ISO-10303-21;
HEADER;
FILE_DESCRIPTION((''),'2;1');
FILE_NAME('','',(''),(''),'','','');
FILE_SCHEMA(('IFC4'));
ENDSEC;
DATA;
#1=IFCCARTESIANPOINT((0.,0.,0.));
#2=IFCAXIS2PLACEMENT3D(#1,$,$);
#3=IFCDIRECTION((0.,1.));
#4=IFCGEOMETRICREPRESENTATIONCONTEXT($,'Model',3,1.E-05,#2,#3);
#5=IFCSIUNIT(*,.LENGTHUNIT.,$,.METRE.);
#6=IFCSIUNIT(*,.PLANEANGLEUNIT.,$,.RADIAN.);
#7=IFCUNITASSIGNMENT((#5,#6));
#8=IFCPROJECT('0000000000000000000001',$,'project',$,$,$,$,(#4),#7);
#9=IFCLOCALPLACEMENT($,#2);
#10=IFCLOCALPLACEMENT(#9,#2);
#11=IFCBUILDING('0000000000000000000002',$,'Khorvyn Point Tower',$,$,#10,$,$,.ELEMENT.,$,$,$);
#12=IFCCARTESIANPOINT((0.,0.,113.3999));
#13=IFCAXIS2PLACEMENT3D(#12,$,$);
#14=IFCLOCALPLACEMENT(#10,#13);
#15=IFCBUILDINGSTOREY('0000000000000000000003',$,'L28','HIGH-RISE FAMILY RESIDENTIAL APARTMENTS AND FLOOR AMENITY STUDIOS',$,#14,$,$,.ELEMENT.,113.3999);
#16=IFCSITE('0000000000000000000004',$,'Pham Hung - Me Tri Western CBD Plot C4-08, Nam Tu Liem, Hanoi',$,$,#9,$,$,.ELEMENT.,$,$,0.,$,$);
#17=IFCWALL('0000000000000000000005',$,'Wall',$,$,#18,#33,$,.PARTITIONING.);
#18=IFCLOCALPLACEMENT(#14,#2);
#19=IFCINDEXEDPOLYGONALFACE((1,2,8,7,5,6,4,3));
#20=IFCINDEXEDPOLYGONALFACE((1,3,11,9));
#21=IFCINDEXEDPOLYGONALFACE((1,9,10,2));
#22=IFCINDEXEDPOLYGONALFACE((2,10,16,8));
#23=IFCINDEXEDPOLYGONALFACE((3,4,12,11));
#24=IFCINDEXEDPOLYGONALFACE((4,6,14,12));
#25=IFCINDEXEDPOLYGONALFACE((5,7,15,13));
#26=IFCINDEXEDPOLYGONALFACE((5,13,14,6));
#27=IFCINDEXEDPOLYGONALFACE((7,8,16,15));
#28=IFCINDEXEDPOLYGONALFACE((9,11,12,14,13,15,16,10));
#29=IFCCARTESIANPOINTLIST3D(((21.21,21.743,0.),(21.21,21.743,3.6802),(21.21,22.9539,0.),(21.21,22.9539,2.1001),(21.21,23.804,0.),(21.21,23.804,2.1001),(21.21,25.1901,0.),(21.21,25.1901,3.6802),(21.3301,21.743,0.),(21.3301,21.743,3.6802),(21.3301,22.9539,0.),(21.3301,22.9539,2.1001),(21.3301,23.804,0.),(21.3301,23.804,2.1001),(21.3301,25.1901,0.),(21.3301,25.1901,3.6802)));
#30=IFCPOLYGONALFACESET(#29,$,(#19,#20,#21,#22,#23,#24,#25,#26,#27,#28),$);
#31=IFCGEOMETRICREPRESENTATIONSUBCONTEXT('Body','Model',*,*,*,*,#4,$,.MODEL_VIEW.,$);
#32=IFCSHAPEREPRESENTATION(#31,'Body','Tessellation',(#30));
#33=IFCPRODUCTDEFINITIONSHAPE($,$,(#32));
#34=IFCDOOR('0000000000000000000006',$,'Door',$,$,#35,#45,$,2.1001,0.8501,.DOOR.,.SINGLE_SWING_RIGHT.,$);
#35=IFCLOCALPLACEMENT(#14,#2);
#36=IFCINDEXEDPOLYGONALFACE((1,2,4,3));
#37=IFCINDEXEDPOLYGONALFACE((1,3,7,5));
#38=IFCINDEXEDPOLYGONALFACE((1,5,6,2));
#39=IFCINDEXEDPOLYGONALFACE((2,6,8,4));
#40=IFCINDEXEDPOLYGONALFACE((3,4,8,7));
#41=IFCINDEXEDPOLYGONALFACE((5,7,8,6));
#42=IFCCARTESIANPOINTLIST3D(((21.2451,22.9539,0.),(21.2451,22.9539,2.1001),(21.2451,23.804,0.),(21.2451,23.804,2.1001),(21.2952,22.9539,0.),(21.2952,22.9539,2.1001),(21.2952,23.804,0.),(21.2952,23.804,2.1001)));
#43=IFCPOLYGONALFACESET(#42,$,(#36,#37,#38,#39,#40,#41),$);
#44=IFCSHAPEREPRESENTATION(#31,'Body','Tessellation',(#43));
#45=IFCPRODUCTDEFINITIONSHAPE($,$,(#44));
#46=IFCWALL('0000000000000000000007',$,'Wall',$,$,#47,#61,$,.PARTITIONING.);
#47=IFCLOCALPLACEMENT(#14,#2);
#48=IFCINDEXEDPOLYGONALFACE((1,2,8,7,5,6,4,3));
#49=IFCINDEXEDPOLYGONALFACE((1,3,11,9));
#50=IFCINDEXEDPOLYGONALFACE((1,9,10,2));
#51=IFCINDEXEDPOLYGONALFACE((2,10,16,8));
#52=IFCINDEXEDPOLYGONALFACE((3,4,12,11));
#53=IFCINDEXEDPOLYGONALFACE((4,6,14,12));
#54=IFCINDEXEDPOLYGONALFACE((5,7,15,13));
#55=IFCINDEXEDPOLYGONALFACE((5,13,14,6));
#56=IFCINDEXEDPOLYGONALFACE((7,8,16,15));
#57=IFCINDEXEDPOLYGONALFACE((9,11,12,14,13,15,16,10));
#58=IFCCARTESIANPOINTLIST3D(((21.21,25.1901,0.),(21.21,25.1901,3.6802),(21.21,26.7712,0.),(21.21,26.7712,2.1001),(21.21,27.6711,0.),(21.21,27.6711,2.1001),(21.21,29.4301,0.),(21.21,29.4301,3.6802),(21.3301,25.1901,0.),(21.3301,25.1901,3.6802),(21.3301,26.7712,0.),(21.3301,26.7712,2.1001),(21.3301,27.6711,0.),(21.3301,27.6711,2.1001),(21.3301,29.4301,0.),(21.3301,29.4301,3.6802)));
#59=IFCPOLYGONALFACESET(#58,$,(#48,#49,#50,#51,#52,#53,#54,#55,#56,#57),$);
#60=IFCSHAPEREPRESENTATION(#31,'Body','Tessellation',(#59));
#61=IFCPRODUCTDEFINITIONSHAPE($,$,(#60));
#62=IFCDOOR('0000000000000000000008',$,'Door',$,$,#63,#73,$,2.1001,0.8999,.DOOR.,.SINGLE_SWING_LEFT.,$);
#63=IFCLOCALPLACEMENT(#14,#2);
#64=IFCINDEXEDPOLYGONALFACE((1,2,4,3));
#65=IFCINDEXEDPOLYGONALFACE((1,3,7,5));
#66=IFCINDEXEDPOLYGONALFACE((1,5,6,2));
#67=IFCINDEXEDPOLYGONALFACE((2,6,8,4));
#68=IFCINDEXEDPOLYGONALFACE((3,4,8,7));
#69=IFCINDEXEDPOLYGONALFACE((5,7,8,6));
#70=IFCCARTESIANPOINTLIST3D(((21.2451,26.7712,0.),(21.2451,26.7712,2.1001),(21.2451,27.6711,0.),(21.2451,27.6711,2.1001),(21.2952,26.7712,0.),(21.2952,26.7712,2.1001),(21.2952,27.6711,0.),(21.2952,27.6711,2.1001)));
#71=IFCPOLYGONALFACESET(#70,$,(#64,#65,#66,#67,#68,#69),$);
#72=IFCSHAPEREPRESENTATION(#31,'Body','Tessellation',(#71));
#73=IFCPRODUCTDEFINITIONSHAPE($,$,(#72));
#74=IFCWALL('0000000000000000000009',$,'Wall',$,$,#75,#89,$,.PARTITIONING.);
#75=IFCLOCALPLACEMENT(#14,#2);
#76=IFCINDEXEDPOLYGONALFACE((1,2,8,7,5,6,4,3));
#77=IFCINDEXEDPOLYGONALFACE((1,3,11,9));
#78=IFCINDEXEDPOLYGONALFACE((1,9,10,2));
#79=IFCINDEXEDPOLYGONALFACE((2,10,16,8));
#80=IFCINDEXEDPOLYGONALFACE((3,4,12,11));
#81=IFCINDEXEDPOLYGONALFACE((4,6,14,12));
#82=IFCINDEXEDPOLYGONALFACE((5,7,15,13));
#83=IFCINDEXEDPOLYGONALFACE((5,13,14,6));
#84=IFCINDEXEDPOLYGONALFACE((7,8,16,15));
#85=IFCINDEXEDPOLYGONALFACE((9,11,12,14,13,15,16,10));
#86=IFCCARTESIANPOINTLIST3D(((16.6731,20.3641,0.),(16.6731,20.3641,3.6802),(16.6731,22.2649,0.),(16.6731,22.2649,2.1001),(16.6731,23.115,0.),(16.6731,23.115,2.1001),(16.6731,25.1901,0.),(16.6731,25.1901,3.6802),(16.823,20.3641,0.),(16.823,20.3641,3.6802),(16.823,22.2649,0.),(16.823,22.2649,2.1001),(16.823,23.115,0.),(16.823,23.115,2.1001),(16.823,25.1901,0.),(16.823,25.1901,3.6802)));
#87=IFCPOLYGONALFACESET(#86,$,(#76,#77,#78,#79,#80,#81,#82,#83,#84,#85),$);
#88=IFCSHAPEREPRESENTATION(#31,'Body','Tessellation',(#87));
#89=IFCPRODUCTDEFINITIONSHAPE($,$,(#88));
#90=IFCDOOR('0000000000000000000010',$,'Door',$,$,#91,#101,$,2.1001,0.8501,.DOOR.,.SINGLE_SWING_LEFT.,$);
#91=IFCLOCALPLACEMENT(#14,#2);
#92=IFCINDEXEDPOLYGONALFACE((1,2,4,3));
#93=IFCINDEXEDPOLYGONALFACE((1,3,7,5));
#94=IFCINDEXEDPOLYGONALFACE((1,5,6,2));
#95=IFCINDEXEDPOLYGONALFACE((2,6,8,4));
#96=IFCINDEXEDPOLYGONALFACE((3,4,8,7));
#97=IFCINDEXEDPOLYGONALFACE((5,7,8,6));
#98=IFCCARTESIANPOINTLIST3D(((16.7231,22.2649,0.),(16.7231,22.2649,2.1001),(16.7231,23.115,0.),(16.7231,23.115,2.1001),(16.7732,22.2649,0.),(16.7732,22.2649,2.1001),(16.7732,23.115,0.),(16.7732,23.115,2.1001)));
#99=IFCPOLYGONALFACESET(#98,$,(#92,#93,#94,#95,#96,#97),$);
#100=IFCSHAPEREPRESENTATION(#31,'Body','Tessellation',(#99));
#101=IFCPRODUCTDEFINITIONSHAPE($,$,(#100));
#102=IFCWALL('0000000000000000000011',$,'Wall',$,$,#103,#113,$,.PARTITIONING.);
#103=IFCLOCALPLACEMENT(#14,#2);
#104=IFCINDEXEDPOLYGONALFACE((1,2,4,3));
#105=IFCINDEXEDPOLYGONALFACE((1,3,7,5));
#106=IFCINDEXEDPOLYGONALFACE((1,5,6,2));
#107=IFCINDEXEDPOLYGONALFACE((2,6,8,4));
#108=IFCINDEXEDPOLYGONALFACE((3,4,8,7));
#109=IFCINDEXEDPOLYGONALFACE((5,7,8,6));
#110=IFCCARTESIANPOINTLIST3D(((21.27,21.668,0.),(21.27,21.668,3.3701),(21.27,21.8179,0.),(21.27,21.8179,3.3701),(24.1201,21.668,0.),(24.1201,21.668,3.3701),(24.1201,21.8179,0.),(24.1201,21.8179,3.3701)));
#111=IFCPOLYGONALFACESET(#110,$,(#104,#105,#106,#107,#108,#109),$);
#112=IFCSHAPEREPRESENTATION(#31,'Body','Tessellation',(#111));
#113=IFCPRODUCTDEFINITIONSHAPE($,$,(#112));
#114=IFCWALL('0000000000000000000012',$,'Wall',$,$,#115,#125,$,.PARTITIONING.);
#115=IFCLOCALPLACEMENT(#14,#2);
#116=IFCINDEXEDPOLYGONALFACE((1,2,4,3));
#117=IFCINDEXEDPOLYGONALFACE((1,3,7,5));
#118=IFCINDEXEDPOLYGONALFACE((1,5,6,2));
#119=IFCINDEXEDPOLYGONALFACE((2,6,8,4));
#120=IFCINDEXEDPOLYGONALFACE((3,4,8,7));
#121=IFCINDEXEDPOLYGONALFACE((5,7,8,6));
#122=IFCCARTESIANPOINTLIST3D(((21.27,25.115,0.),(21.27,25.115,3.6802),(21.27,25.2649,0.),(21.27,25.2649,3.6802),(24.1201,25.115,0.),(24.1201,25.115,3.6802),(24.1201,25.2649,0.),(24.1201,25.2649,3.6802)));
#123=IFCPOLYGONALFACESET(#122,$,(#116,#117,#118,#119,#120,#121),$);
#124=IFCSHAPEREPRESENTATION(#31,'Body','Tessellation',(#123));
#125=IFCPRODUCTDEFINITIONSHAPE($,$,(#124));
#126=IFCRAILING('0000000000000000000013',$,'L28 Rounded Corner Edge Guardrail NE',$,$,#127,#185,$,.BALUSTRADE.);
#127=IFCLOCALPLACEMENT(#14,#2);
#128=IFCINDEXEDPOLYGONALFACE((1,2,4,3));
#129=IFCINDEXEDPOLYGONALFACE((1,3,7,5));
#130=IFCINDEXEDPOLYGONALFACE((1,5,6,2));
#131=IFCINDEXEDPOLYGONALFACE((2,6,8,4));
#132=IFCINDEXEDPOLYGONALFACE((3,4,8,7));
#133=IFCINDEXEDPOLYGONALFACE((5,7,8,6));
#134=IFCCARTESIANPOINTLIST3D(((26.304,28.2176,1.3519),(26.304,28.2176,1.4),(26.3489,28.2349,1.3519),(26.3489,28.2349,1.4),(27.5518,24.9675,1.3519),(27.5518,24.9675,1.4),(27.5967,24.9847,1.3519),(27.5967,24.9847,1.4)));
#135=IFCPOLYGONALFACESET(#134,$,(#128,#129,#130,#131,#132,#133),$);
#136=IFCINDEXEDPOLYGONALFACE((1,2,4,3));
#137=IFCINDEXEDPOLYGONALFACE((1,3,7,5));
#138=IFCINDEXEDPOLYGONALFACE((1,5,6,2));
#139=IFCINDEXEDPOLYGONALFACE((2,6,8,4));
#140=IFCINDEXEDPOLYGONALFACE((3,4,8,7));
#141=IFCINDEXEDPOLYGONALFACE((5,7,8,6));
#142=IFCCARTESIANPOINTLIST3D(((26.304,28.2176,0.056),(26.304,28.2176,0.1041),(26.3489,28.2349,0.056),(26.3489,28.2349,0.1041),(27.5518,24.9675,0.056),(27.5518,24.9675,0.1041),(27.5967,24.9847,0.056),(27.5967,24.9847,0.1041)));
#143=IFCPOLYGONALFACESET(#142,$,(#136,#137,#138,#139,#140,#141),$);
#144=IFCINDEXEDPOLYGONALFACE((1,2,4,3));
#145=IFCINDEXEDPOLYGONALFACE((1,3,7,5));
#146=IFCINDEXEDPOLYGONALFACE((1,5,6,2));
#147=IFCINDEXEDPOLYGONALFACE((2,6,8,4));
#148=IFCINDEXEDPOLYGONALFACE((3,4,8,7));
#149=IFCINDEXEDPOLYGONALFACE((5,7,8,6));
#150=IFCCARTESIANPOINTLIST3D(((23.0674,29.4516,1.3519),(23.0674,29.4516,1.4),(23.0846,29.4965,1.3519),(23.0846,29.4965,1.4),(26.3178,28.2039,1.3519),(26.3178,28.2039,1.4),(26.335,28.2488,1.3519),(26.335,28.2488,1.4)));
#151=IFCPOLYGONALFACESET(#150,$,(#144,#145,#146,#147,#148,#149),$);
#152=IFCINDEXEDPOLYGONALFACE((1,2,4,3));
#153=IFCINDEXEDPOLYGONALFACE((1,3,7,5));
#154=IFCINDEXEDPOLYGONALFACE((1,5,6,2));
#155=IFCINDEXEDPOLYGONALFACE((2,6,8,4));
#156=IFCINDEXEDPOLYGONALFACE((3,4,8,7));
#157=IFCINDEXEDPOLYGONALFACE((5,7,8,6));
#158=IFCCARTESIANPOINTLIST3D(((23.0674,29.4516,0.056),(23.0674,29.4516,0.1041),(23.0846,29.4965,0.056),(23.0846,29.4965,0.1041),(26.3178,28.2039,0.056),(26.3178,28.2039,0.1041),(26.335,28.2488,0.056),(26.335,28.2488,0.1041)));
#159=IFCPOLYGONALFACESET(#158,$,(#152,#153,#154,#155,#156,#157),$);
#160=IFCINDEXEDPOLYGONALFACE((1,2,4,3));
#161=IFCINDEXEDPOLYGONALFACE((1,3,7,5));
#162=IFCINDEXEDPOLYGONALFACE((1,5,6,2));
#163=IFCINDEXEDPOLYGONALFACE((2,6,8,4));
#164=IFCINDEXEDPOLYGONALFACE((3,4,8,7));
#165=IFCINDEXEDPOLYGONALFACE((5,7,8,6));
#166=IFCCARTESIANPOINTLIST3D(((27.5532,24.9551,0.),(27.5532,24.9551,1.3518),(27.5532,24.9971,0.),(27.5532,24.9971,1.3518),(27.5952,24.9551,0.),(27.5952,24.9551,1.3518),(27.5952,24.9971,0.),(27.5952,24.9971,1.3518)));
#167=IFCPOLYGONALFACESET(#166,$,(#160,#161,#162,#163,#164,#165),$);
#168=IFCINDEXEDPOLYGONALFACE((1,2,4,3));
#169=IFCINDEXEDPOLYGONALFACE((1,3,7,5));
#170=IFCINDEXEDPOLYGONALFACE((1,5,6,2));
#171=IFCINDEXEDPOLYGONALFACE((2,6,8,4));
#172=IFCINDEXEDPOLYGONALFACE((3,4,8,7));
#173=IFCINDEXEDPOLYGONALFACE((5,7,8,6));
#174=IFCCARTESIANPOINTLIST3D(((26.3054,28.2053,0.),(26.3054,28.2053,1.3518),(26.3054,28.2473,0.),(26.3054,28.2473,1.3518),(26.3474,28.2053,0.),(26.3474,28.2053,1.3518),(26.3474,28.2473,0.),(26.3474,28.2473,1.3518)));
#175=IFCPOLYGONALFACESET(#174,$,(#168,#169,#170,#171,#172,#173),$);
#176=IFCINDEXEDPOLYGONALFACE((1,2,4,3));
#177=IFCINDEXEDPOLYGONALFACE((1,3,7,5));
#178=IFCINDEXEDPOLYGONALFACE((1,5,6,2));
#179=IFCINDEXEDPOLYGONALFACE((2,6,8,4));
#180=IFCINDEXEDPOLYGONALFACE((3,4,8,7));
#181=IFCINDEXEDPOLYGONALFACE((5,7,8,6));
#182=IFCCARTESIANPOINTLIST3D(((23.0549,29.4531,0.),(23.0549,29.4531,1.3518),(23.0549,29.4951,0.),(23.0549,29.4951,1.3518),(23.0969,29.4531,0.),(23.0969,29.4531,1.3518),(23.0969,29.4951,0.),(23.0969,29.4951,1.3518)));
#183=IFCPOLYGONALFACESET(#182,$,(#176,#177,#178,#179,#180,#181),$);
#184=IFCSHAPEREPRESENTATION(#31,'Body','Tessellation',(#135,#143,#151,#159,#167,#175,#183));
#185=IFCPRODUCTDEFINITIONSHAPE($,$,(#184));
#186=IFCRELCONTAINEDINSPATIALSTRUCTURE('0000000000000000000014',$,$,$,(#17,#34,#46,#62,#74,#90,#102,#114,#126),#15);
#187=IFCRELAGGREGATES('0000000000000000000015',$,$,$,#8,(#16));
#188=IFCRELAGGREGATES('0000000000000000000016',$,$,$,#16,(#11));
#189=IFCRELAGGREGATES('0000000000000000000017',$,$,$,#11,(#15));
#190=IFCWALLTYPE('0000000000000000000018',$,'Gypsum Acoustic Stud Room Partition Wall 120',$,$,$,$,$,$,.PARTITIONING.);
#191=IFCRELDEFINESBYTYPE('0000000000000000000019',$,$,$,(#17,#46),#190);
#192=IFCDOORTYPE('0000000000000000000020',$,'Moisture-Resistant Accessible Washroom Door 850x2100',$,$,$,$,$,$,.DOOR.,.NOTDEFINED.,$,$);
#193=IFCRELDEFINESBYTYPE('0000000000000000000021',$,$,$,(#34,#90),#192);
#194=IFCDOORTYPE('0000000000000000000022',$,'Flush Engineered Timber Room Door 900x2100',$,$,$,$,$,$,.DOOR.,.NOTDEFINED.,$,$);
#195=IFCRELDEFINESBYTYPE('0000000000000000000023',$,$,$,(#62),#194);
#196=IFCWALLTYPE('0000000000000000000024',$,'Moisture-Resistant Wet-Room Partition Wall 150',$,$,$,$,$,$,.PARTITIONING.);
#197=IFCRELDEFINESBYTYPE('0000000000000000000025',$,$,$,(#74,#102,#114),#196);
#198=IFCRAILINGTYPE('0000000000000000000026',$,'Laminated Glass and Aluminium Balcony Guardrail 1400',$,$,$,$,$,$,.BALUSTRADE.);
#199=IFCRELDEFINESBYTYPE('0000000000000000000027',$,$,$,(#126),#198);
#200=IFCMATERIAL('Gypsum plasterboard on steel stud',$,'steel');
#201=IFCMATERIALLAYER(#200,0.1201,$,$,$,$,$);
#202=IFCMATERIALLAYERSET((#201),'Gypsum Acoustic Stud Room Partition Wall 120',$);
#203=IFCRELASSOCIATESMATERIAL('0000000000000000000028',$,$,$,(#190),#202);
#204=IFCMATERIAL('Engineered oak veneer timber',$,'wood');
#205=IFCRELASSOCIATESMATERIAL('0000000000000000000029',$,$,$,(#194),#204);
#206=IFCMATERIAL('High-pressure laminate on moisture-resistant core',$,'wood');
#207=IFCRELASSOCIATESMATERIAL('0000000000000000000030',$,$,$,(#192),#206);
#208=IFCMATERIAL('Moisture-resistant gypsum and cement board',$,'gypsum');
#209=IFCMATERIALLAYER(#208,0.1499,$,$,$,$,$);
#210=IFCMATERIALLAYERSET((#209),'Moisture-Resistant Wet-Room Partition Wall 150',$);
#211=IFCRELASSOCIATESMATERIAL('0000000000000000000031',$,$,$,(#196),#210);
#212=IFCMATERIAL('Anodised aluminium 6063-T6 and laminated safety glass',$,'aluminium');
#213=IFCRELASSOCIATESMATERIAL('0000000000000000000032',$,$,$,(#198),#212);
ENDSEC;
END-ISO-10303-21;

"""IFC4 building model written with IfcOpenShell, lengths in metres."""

from ifc_helpers import new_model, si_unit, direction, frame, frame_2d, origin, origin_2d, place, context, subcontext, project, spatial, rectangle, extrude, material, layer, layer_set, type_object, element, fill, save


model = new_model("IFC4")

# Units and contexts
model_context = context("Model", 3, precision=1e-05, world=origin(), true_north=direction((0.0, 1.0)))
body_context = subcontext(model_context, "Body", "Model", "MODEL_VIEW")
ifc_project = project(units=[si_unit("LENGTHUNIT", "METRE"), si_unit("PLANEANGLEUNIT", "RADIAN")], contexts=[model_context])

# Site, building, storey
site_placement = place(None, origin())
site = spatial("IfcSite", under=ifc_project, at=site_placement, Name="Pham Hung - Me Tri Western CBD Plot C4-08, Nam Tu Liem, Hanoi", CompositionType="ELEMENT", RefElevation=0.0)
building_placement = place(site_placement, origin())
building = spatial("IfcBuilding", under=site, at=building_placement, Name="Khorvyn Point Tower", CompositionType="ELEMENT")
storey_placement = place(building_placement, frame((0.0, 0.0, 113.3999)))
storey = spatial("IfcBuildingStorey", under=building, at=storey_placement, Name="L28", Description="HIGH-RISE FAMILY RESIDENTIAL APARTMENTS AND FLOOR AMENITY STUDIOS", CompositionType="ELEMENT", Elevation=113.3999)

# Walls, openings, doors
ifc_material_1 = material(Name="Gypsum plasterboard on steel stud", Category="steel")
ifc_layer_1 = layer(ifc_material_1, 0.1201)
ifc_layer_set_1 = layer_set([ifc_layer_1], Name="Gypsum Acoustic Stud Room Partition Wall 120")
wall_type_1 = type_object("IfcWallType", Name="Gypsum Acoustic Stud Room Partition Wall 120", PredefinedType="PARTITIONING", material=ifc_layer_set_1)
ifc_material_2 = material(Name="Engineered oak veneer timber", Category="wood")
door_type_1 = type_object("IfcDoorType", Name="Flush Engineered Timber Room Door 900x2100", OperationType="NOTDEFINED", PredefinedType="DOOR", material=ifc_material_2)
wall_1_placement = place(storey_placement, frame((21.27, 21.7429, 0.0), z_axis=(0.0, 0.0, 1.0), x_axis=(0.0, 1.0, 0.0)))
wall_1 = element("IfcWall", 1, at=wall_1_placement, inside=storey, type_object=wall_type_1, Name="Wall", PredefinedType="PARTITIONING", context=body_context, shape_type="SweptSolid", body=[
    extrude(rectangle(XDim=3.447, YDim=0.1201, at=frame_2d((1.7236, 0.0))), origin(), (0.0, 0.0, 1.0), 3.6802),
])
opening_1_placement = place(wall_1_placement, frame((1.2109, 0.0, 0.0)))
opening_1 = element("IfcOpeningElement", 2, at=opening_1_placement, cuts=wall_1, PredefinedType="OPENING", context=body_context, shape_type="SweptSolid", body=[
    extrude(rectangle(XDim=0.8501, YDim=2.1001, at=frame_2d((0.425, 1.05))), frame((0.0, 0.0701, 0.0), z_axis=(0.0, -1.0, 0.0), x_axis=(1.0, 0.0, 0.0)), (0.0, 0.0, 1.0), 0.1401),
])
ifc_material_3 = material(Name="High-pressure laminate on moisture-resistant core", Category="wood")
door_type_2 = type_object("IfcDoorType", Name="Moisture-Resistant Accessible Washroom Door 850x2100", OperationType="NOTDEFINED", PredefinedType="DOOR", material=ifc_material_3)
door_1_placement = place(opening_1_placement, origin())
door_1 = element("IfcDoor", 3, at=door_1_placement, inside=storey, type_object=door_type_2, Name="Door", OperationType="SINGLE_SWING_RIGHT", OverallHeight=2.1001, OverallWidth=0.8501, PredefinedType="DOOR", context=body_context, shape_type="SweptSolid", body=[
    extrude(rectangle(XDim=0.8501, YDim=2.1001, at=frame_2d((0.425, 1.05))), frame((0.0, 0.0249, 0.0), z_axis=(0.0, -1.0, 0.0), x_axis=(1.0, 0.0, 0.0)), (0.0, 0.0, 1.0), 0.05),
])
fill(opening_1, door_1)
wall_2_placement = place(storey_placement, frame((21.27, 25.1899, 0.0), z_axis=(0.0, 0.0, 1.0), x_axis=(0.0, 1.0, 0.0)))
wall_2 = element("IfcWall", 4, at=wall_2_placement, inside=storey, type_object=wall_type_1, Name="Wall", PredefinedType="PARTITIONING", context=body_context, shape_type="SweptSolid", body=[
    extrude(rectangle(XDim=4.24, YDim=0.1201, at=frame_2d((2.1201, 0.0))), origin(), (0.0, 0.0, 1.0), 3.6802),
])
opening_2_placement = place(wall_2_placement, frame((1.5813, 0.0, 0.0)))
opening_2 = element("IfcOpeningElement", 5, at=opening_2_placement, cuts=wall_2, PredefinedType="OPENING", context=body_context, shape_type="SweptSolid", body=[
    extrude(rectangle(XDim=0.8999, YDim=2.1001, at=frame_2d((0.45, 1.05))), frame((0.0, 0.0701, 0.0), z_axis=(0.0, -1.0, 0.0), x_axis=(1.0, 0.0, 0.0)), (0.0, 0.0, 1.0), 0.1401),
])
door_2_placement = place(opening_2_placement, origin())
door_2 = element("IfcDoor", 6, at=door_2_placement, inside=storey, type_object=door_type_1, Name="Door", OperationType="SINGLE_SWING_LEFT", OverallHeight=2.1001, OverallWidth=0.8999, PredefinedType="DOOR", context=body_context, shape_type="SweptSolid", body=[
    extrude(rectangle(XDim=0.8999, YDim=2.1001, at=frame_2d((0.45, 1.05))), frame((0.0, 0.0249, 0.0), z_axis=(0.0, -1.0, 0.0), x_axis=(1.0, 0.0, 0.0)), (0.0, 0.0, 1.0), 0.05),
])
fill(opening_2, door_2)
ifc_material_4 = material(Name="Moisture-resistant gypsum and cement board", Category="gypsum")
ifc_layer_2 = layer(ifc_material_4, 0.1499)
ifc_layer_set_2 = layer_set([ifc_layer_2], Name="Moisture-Resistant Wet-Room Partition Wall 150")
wall_type_2 = type_object("IfcWallType", Name="Moisture-Resistant Wet-Room Partition Wall 150", PredefinedType="PARTITIONING", material=ifc_layer_set_2)
wall_3_placement = place(storey_placement, frame((16.748, 20.364, 0.0), z_axis=(0.0, 0.0, 1.0), x_axis=(0.0, 1.0, 0.0)))
wall_3 = element("IfcWall", 7, at=wall_3_placement, inside=storey, type_object=wall_type_2, Name="Wall", PredefinedType="PARTITIONING", context=body_context, shape_type="SweptSolid", body=[
    extrude(rectangle(XDim=4.8259, YDim=0.1499, at=frame_2d((2.4131, 0.0))), origin(), (0.0, 0.0, 1.0), 3.6802),
])
opening_3_placement = place(wall_3_placement, frame((1.9009, 0.0, 0.0)))
opening_3 = element("IfcOpeningElement", 8, at=opening_3_placement, cuts=wall_3, PredefinedType="OPENING", context=body_context, shape_type="SweptSolid", body=[
    extrude(rectangle(XDim=0.8501, YDim=2.1001, at=frame_2d((0.425, 1.05))), frame((0.0, 0.085, 0.0), z_axis=(0.0, -1.0, 0.0), x_axis=(1.0, 0.0, 0.0)), (0.0, 0.0, 1.0), 0.1699),
])
door_3_placement = place(opening_3_placement, origin())
door_3 = element("IfcDoor", 9, at=door_3_placement, inside=storey, type_object=door_type_2, Name="Door", OperationType="SINGLE_SWING_LEFT", OverallHeight=2.1001, OverallWidth=0.8501, PredefinedType="DOOR", context=body_context, shape_type="SweptSolid", body=[
    extrude(rectangle(XDim=0.8501, YDim=2.1001, at=frame_2d((0.425, 1.05))), frame((0.0, 0.0249, 0.0), z_axis=(0.0, -1.0, 0.0), x_axis=(1.0, 0.0, 0.0)), (0.0, 0.0, 1.0), 0.05),
])
fill(opening_3, door_3)

# Walls
wall_4_placement = place(storey_placement, frame((21.27, 21.7429, 0.0), z_axis=(0.0, 0.0, 1.0), x_axis=(1.0, 0.0, 0.0)))
element("IfcWall", 10, at=wall_4_placement, inside=storey, type_object=wall_type_2, Name="Wall", PredefinedType="PARTITIONING", context=body_context, shape_type="SweptSolid", body=[
    extrude(rectangle(XDim=2.8501, YDim=0.1499, at=frame_2d((1.425, 0.0))), origin(), (0.0, 0.0, 1.0), 3.3701),
])
wall_5_placement = place(storey_placement, frame((21.27, 25.1899, 0.0), z_axis=(0.0, 0.0, 1.0), x_axis=(1.0, 0.0, 0.0)))
element("IfcWall", 11, at=wall_5_placement, inside=storey, type_object=wall_type_2, Name="Wall", PredefinedType="PARTITIONING", context=body_context, shape_type="SweptSolid", body=[
    extrude(rectangle(XDim=2.8501, YDim=0.1499, at=frame_2d((1.425, 0.0))), origin(), (0.0, 0.0, 1.0), 3.6802),
])

# Railing
ifc_material_5 = material(Name="Anodised aluminium 6063-T6 and laminated safety glass", Category="aluminium")
railing_type = type_object("IfcRailingType", Name="Laminated Glass and Aluminium Balcony Guardrail 1400", PredefinedType="BALUSTRADE", material=ifc_material_5)
railing_1_placement = place(storey_placement, frame((27.5742, 24.9761, 0.0)))
element("IfcRailing", 12, at=railing_1_placement, inside=storey, type_object=railing_type, Name="L28 Rounded Corner Edge Guardrail NE", PredefinedType="BALUSTRADE", context=body_context, shape_type="SweptSolid", body=[
    extrude(rectangle(XDim=0.0481, YDim=0.0481, at=origin_2d()), frame((0.0, 0.0, 1.376), z_axis=(-0.358406, 0.933566, 0.0), x_axis=(-0.933566, -0.358406, 0.0)), (0.0, 0.0, 1.0), 3.4814),
    extrude(rectangle(XDim=0.0481, YDim=0.0481, at=origin_2d()), frame((0.0, 0.0, 0.0801), z_axis=(-0.358406, 0.933566, 0.0), x_axis=(-0.933566, -0.358406, 0.0)), (0.0, 0.0, 1.0), 3.4814),
    extrude(rectangle(XDim=0.0481, YDim=0.0481, at=origin_2d()), frame((-1.2478, 3.2502, 1.376), z_axis=(-0.933575, 0.358382, 0.0), x_axis=(-0.358382, -0.933575, 0.0)), (0.0, 0.0, 1.0), 3.4817),
    extrude(rectangle(XDim=0.0481, YDim=0.0481, at=origin_2d()), frame((-1.2478, 3.2502, 0.0801), z_axis=(-0.933575, 0.358382, 0.0), x_axis=(-0.358382, -0.933575, 0.0)), (0.0, 0.0, 1.0), 3.4817),
    extrude(rectangle(XDim=0.042, YDim=0.042, at=origin_2d()), origin(), (0.0, 0.0, 1.0), 1.3518),
    extrude(rectangle(XDim=0.042, YDim=0.042, at=origin_2d()), frame((-1.2478, 3.2502, 0.0)), (0.0, 0.0, 1.0), 1.3518),
    extrude(rectangle(XDim=0.042, YDim=0.042, at=origin_2d()), frame((-4.4983, 4.498, 0.0)), (0.0, 0.0, 1.0), 1.3518),
])

save(model, "model.ifc")
